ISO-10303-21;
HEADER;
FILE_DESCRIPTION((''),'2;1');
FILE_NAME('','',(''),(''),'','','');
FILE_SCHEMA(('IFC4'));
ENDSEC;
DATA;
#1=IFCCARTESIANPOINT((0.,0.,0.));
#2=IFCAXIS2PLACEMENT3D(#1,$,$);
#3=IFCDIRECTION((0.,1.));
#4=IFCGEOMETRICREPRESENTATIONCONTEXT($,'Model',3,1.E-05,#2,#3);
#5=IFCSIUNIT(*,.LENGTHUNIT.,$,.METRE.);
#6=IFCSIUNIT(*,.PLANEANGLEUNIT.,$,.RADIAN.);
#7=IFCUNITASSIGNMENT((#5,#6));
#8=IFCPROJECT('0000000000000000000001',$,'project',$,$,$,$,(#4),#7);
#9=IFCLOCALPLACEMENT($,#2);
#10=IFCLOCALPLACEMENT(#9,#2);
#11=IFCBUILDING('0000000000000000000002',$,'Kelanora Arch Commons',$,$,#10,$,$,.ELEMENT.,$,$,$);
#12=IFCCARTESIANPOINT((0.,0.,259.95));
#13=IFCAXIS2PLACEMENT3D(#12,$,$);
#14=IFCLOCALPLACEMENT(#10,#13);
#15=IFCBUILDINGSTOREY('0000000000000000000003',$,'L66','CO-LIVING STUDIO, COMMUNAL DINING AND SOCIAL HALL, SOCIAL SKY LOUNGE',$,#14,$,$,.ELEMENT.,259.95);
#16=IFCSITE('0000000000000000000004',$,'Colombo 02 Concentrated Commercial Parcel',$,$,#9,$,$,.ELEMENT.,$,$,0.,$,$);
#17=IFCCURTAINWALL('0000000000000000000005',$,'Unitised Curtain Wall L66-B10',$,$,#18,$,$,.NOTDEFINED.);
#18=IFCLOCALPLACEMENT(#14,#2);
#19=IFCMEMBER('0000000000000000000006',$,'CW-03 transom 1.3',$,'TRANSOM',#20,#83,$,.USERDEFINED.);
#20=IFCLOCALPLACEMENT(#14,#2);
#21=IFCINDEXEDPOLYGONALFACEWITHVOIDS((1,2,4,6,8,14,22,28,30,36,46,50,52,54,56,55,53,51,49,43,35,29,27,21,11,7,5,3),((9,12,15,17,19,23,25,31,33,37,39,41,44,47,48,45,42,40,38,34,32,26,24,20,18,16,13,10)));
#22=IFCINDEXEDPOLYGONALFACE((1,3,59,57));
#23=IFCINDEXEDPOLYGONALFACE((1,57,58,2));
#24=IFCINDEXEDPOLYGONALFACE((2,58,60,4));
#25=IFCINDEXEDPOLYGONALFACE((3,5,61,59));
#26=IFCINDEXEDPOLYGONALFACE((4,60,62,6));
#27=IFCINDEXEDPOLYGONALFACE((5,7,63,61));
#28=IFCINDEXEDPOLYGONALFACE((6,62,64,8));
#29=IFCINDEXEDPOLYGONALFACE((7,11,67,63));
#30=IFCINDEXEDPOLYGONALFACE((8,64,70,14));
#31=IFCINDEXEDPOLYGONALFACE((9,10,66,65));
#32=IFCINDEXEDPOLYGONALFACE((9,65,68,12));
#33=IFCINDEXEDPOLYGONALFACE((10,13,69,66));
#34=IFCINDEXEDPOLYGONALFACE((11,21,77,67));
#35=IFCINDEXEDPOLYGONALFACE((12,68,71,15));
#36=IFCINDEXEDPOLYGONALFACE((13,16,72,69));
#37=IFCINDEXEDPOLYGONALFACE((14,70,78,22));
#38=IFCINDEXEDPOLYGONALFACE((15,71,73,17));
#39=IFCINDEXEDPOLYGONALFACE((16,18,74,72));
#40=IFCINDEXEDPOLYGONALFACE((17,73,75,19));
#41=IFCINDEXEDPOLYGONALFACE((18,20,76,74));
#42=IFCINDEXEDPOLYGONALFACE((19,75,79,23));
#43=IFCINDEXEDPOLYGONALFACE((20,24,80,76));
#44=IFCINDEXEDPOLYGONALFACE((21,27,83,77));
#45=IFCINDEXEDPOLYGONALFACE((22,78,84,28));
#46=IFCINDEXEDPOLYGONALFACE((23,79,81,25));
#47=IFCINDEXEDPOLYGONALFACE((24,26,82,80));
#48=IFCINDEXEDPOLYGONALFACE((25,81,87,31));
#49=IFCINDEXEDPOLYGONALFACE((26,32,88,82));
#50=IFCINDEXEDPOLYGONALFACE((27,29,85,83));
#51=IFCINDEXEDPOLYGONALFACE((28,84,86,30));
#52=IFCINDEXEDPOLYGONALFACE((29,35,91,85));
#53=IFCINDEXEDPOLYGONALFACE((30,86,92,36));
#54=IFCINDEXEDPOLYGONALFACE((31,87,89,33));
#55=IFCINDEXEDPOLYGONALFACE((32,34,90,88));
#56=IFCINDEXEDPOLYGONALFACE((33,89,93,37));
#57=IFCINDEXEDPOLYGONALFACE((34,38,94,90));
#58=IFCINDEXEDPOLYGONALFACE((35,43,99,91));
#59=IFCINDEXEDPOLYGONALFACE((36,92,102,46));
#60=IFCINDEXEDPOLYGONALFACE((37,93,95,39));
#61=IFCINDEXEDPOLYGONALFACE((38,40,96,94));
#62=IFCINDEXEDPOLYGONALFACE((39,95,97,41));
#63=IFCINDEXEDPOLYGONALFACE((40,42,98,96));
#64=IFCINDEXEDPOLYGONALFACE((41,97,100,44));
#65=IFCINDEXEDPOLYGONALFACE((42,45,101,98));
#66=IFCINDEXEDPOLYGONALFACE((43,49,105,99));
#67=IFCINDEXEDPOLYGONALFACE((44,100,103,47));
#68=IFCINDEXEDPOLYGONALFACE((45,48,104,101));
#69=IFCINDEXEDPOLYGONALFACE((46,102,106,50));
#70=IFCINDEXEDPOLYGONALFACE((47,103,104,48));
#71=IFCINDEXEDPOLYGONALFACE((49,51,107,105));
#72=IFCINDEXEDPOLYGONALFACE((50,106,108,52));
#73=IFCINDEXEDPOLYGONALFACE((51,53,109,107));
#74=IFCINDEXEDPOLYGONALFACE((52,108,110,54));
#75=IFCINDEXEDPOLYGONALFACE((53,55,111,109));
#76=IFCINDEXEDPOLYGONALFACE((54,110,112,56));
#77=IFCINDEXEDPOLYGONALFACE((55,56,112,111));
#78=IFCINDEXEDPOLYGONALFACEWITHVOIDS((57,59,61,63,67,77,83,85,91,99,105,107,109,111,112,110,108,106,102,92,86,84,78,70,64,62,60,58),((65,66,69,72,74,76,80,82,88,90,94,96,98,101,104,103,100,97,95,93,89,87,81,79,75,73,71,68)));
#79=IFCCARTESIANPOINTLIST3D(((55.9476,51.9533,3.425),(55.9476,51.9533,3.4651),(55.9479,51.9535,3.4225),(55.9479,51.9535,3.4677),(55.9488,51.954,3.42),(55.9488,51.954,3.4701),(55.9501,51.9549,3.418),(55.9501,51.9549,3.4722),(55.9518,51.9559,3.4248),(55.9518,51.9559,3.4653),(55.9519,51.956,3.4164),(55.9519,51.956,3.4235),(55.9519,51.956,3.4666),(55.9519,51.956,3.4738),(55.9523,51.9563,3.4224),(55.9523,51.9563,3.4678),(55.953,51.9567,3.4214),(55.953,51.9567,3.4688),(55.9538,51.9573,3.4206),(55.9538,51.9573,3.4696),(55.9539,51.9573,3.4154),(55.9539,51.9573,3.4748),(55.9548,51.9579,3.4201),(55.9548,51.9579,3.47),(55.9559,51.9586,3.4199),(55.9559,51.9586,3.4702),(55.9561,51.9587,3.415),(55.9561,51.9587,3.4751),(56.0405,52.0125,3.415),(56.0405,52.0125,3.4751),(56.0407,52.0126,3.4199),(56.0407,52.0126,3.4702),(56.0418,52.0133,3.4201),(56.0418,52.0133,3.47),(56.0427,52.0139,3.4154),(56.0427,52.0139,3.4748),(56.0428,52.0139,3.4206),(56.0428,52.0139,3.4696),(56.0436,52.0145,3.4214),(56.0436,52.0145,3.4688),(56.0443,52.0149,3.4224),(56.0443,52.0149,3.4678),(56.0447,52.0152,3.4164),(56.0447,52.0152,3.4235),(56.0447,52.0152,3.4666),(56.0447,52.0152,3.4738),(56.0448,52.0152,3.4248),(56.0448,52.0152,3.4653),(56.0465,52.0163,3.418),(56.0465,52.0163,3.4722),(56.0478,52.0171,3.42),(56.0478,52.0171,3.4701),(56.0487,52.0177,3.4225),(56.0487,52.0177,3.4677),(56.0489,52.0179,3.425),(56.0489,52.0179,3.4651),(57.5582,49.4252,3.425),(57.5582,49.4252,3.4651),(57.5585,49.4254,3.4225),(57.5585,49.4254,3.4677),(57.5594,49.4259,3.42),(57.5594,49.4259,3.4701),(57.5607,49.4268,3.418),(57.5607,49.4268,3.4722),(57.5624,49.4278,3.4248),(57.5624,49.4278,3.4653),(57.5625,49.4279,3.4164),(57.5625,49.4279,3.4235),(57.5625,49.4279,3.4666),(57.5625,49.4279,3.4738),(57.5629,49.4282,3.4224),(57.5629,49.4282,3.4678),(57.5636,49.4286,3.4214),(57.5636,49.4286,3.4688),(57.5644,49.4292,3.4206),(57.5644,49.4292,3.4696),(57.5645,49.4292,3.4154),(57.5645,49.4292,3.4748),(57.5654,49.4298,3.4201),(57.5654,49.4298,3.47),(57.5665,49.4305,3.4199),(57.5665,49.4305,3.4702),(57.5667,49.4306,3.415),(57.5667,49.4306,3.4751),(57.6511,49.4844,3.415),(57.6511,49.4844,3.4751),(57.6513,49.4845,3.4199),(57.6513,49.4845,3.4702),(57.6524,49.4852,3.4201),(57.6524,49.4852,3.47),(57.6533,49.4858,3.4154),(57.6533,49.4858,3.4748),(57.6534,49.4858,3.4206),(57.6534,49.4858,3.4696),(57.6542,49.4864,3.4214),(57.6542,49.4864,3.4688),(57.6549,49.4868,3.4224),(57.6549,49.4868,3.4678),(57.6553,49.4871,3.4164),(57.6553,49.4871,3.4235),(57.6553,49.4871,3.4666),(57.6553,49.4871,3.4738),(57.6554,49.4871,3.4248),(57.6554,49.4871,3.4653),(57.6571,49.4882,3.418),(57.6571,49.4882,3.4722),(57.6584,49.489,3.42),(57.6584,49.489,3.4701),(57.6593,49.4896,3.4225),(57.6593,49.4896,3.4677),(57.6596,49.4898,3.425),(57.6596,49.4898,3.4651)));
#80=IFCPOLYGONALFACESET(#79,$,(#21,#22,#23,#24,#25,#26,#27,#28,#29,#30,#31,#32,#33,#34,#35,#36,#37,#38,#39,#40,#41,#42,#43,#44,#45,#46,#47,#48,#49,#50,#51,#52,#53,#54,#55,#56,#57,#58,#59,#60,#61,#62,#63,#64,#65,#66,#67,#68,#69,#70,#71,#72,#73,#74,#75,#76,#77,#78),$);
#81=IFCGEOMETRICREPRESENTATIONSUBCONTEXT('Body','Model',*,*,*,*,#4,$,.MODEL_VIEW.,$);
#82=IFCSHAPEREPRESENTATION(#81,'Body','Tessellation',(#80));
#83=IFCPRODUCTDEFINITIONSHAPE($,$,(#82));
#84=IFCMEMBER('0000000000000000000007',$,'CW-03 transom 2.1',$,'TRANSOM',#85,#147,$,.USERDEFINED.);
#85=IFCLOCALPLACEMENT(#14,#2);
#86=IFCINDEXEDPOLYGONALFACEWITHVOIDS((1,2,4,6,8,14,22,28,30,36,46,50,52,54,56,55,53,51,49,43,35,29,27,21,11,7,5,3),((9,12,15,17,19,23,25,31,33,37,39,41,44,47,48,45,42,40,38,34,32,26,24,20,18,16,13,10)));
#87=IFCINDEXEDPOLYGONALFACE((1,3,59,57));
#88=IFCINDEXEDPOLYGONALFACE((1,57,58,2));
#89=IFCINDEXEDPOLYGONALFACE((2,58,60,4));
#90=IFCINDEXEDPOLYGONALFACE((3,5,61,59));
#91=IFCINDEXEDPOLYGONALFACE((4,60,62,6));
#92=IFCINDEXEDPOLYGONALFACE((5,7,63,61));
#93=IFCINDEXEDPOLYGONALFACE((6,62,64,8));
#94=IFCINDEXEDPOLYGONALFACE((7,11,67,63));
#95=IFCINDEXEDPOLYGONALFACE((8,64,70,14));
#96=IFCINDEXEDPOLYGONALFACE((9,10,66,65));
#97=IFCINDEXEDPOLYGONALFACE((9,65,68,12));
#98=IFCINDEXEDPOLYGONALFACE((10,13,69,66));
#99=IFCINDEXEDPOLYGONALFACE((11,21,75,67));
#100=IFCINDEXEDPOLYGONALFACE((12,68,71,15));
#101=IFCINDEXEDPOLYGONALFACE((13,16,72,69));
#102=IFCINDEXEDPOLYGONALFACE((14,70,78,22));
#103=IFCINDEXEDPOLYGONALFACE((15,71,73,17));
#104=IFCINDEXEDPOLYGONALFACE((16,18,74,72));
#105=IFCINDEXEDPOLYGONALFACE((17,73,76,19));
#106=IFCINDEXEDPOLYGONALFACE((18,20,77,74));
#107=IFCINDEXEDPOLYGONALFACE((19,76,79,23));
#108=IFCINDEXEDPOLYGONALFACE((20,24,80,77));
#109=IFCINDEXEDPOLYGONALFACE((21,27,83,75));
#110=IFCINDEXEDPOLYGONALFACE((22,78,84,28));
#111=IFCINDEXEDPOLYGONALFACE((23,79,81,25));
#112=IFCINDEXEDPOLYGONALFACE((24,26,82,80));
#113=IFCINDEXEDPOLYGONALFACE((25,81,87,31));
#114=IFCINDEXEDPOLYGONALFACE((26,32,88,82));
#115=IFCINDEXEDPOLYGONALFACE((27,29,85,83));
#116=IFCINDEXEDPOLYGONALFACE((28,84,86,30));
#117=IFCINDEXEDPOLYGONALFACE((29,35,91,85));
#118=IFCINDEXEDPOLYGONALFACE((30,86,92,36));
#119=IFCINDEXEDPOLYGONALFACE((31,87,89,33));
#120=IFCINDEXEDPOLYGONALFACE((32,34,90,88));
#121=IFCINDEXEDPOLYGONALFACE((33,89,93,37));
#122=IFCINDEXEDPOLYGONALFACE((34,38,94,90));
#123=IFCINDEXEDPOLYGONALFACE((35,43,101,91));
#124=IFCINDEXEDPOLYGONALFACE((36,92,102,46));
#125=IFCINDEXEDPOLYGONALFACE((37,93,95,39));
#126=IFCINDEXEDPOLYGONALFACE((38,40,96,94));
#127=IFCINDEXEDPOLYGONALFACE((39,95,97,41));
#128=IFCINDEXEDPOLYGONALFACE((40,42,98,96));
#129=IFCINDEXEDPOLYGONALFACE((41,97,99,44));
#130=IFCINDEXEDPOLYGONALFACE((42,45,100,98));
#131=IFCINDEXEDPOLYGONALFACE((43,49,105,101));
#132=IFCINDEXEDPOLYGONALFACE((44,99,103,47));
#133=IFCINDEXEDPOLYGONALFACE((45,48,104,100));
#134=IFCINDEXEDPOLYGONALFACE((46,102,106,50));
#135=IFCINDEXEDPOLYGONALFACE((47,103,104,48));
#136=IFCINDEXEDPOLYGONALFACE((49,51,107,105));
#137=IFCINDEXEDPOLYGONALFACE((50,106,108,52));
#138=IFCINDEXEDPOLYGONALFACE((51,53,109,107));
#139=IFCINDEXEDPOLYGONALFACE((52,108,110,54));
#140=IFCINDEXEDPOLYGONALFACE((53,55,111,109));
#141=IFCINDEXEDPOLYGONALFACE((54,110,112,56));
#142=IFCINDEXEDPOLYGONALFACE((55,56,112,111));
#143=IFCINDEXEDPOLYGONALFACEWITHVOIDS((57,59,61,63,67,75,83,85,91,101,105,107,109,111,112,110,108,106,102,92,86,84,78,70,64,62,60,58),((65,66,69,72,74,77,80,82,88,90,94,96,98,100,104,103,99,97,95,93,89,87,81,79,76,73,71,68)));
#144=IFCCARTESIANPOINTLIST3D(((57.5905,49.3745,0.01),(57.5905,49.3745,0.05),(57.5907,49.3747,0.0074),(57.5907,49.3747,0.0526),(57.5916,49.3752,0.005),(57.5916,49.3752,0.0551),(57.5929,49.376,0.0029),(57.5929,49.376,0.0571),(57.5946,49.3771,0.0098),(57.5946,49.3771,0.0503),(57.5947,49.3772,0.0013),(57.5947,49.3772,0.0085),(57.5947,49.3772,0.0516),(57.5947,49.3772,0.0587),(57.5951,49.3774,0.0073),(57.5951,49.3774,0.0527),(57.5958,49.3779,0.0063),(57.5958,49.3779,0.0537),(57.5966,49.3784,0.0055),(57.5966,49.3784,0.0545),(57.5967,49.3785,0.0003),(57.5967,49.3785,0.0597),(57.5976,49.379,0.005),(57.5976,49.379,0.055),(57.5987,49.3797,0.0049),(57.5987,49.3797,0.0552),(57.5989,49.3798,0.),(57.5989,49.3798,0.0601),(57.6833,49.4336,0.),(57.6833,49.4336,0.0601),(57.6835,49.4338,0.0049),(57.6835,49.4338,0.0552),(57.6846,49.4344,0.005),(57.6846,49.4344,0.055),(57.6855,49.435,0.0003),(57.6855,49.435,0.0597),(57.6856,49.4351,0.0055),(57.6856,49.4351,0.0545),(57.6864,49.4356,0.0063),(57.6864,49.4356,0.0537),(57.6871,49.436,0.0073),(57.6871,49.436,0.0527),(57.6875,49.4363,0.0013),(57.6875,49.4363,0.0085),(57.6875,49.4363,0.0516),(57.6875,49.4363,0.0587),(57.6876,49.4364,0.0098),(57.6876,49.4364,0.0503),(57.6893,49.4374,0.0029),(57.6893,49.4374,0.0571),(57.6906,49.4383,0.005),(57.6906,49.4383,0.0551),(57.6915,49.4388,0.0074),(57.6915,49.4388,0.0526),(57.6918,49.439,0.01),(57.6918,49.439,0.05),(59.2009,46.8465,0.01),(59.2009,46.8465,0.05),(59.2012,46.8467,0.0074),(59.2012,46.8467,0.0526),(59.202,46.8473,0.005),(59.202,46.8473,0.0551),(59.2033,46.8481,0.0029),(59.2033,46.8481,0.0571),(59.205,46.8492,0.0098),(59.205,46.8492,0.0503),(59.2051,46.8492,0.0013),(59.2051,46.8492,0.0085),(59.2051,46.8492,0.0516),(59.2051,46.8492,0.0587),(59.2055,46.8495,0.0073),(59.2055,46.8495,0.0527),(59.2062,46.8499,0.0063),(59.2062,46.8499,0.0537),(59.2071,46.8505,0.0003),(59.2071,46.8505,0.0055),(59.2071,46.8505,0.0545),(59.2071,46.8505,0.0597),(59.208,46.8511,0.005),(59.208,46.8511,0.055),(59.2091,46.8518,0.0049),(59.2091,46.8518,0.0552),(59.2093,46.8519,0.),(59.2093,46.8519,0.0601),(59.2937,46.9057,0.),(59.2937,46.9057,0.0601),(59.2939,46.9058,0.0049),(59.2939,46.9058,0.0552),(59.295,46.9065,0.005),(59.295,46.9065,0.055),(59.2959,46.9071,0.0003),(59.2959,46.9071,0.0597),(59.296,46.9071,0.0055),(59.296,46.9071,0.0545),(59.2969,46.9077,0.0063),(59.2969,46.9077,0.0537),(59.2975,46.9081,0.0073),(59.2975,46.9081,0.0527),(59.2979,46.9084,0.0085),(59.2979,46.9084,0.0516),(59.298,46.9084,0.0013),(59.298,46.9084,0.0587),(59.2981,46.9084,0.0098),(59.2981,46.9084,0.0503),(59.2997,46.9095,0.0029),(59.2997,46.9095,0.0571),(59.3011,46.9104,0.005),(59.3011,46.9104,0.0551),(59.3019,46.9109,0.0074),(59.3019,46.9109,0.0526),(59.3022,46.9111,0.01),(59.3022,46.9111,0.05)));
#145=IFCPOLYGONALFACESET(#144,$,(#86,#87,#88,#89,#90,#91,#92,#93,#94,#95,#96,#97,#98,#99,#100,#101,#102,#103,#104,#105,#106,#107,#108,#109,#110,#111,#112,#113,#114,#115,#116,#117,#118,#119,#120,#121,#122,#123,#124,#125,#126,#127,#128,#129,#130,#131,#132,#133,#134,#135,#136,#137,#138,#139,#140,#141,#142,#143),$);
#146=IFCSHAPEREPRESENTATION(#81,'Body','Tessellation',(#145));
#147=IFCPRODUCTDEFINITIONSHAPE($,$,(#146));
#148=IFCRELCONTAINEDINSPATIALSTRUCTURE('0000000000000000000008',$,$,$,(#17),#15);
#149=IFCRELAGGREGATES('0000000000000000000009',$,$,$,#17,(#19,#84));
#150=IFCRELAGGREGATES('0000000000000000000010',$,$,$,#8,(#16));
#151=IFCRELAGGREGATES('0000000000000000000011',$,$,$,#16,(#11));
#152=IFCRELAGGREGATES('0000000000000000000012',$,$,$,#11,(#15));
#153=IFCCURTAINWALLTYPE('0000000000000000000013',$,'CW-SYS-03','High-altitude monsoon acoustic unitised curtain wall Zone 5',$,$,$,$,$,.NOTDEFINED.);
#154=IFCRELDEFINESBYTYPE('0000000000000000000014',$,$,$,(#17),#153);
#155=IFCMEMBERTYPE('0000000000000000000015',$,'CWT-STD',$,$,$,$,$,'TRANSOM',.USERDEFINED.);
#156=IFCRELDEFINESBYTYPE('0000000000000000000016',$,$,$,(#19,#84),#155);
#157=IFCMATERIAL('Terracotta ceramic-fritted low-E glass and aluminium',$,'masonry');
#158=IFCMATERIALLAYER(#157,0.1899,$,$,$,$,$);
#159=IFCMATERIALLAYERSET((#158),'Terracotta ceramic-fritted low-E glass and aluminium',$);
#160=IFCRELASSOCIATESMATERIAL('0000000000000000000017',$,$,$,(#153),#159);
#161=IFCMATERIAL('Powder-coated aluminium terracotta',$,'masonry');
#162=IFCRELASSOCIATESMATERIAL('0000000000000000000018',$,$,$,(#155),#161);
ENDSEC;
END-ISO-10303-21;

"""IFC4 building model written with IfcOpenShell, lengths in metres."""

from ifc_helpers import new_model, si_unit, direction, frame, origin, origin_2d, place, context, subcontext, project, spatial, hollow_rectangle, extrude, material, layer, layer_set, material_profile, profile_set, type_object, element, aggregate, save


model = new_model("IFC4")

# Units and contexts
model_context = context("Model", 3, precision=1e-05, world=origin(), true_north=direction((0.0, 1.0)))
body_context = subcontext(model_context, "Body", "Model", "MODEL_VIEW")
ifc_project = project(units=[si_unit("LENGTHUNIT", "METRE"), si_unit("PLANEANGLEUNIT", "RADIAN")], contexts=[model_context])

# Site, building, storey
site_placement = place(None, origin())
site = spatial("IfcSite", under=ifc_project, at=site_placement, Name="Colombo 02 Concentrated Commercial Parcel", CompositionType="ELEMENT", RefElevation=0.0)
building_placement = place(site_placement, origin())
building = spatial("IfcBuilding", under=site, at=building_placement, Name="Kelanora Arch Commons", CompositionType="ELEMENT")
storey_placement = place(building_placement, frame((0.0, 0.0, 259.95)))
storey = spatial("IfcBuildingStorey", under=building, at=storey_placement, Name="L66", Description="CO-LIVING STUDIO, COMMUNAL DINING AND SOCIAL HALL, SOCIAL SKY LOUNGE", CompositionType="ELEMENT", Elevation=259.95)

# Curtain wall, members
ifc_material_1 = material(Name="Terracotta ceramic-fritted low-E glass and aluminium", Category="masonry")
ifc_layer_1 = layer(ifc_material_1, 0.1899)
ifc_layer_set_1 = layer_set([ifc_layer_1], Name="Terracotta ceramic-fritted low-E glass and aluminium")
curtain_wall_type = type_object("IfcCurtainWallType", Name="CW-SYS-03", Description="High-altitude monsoon acoustic unitised curtain wall Zone 5", PredefinedType="NOTDEFINED", material=ifc_layer_set_1)
curtain_wall_placement = place(storey_placement, origin())
curtain_wall = element("IfcCurtainWall", 1, at=curtain_wall_placement, inside=storey, type_object=curtain_wall_type, Name="Unitised Curtain Wall L66-B10", PredefinedType="NOTDEFINED")
ifc_material_2 = material(Name="Powder-coated aluminium terracotta", Category="masonry")
ifc_material_profile_1 = material_profile(ifc_material_2, hollow_rectangle(XDim=0.1201, YDim=0.0601, WallThickness=0.0049, InnerFilletRadius=0.0049, OuterFilletRadius=0.01, at=origin_2d()), Name="CWT120x60")
ifc_profile_set_1 = profile_set([ifc_material_profile_1], Name="Powder-coated aluminium terracotta")
member_type_1 = type_object("IfcMemberType", Name="CWT-STD", ElementType="TRANSOM", PredefinedType="USERDEFINED", material=ifc_profile_set_1)
member_1_placement = place(storey_placement, frame((55.9983, 51.9856, 3.4451), z_axis=(0.537308, -0.843386, 0.0), x_axis=(0.843386, 0.537308, 0.0)))
member_1 = element("IfcMember", 2, at=member_1_placement, type_object=member_type_1, Name="CW-03 transom 1.3", ObjectType="TRANSOM", PredefinedType="USERDEFINED", context=body_context, shape_type="SweptSolid", body=[
    extrude(hollow_rectangle(XDim=0.1201, YDim=0.0601, WallThickness=0.0049, InnerFilletRadius=0.0049, OuterFilletRadius=0.01, at=origin_2d()), origin(), (0.0, 0.0, 1.0), 2.9976),
])
member_2_placement = place(storey_placement, frame((57.6411, 49.4067, 0.03), z_axis=(0.537287, -0.8434, 0.0), x_axis=(0.8434, 0.537287, 0.0)))
member_2 = element("IfcMember", 3, at=member_2_placement, type_object=member_type_1, Name="CW-03 transom 2.1", ObjectType="TRANSOM", PredefinedType="USERDEFINED", context=body_context, shape_type="SweptSolid", body=[
    extrude(hollow_rectangle(XDim=0.1201, YDim=0.0601, WallThickness=0.0049, InnerFilletRadius=0.0049, OuterFilletRadius=0.01, at=origin_2d()), origin(), (0.0, 0.0, 1.0), 2.9973),
])

aggregate(curtain_wall, [member_1, member_2])

save(model, "model.ifc")
